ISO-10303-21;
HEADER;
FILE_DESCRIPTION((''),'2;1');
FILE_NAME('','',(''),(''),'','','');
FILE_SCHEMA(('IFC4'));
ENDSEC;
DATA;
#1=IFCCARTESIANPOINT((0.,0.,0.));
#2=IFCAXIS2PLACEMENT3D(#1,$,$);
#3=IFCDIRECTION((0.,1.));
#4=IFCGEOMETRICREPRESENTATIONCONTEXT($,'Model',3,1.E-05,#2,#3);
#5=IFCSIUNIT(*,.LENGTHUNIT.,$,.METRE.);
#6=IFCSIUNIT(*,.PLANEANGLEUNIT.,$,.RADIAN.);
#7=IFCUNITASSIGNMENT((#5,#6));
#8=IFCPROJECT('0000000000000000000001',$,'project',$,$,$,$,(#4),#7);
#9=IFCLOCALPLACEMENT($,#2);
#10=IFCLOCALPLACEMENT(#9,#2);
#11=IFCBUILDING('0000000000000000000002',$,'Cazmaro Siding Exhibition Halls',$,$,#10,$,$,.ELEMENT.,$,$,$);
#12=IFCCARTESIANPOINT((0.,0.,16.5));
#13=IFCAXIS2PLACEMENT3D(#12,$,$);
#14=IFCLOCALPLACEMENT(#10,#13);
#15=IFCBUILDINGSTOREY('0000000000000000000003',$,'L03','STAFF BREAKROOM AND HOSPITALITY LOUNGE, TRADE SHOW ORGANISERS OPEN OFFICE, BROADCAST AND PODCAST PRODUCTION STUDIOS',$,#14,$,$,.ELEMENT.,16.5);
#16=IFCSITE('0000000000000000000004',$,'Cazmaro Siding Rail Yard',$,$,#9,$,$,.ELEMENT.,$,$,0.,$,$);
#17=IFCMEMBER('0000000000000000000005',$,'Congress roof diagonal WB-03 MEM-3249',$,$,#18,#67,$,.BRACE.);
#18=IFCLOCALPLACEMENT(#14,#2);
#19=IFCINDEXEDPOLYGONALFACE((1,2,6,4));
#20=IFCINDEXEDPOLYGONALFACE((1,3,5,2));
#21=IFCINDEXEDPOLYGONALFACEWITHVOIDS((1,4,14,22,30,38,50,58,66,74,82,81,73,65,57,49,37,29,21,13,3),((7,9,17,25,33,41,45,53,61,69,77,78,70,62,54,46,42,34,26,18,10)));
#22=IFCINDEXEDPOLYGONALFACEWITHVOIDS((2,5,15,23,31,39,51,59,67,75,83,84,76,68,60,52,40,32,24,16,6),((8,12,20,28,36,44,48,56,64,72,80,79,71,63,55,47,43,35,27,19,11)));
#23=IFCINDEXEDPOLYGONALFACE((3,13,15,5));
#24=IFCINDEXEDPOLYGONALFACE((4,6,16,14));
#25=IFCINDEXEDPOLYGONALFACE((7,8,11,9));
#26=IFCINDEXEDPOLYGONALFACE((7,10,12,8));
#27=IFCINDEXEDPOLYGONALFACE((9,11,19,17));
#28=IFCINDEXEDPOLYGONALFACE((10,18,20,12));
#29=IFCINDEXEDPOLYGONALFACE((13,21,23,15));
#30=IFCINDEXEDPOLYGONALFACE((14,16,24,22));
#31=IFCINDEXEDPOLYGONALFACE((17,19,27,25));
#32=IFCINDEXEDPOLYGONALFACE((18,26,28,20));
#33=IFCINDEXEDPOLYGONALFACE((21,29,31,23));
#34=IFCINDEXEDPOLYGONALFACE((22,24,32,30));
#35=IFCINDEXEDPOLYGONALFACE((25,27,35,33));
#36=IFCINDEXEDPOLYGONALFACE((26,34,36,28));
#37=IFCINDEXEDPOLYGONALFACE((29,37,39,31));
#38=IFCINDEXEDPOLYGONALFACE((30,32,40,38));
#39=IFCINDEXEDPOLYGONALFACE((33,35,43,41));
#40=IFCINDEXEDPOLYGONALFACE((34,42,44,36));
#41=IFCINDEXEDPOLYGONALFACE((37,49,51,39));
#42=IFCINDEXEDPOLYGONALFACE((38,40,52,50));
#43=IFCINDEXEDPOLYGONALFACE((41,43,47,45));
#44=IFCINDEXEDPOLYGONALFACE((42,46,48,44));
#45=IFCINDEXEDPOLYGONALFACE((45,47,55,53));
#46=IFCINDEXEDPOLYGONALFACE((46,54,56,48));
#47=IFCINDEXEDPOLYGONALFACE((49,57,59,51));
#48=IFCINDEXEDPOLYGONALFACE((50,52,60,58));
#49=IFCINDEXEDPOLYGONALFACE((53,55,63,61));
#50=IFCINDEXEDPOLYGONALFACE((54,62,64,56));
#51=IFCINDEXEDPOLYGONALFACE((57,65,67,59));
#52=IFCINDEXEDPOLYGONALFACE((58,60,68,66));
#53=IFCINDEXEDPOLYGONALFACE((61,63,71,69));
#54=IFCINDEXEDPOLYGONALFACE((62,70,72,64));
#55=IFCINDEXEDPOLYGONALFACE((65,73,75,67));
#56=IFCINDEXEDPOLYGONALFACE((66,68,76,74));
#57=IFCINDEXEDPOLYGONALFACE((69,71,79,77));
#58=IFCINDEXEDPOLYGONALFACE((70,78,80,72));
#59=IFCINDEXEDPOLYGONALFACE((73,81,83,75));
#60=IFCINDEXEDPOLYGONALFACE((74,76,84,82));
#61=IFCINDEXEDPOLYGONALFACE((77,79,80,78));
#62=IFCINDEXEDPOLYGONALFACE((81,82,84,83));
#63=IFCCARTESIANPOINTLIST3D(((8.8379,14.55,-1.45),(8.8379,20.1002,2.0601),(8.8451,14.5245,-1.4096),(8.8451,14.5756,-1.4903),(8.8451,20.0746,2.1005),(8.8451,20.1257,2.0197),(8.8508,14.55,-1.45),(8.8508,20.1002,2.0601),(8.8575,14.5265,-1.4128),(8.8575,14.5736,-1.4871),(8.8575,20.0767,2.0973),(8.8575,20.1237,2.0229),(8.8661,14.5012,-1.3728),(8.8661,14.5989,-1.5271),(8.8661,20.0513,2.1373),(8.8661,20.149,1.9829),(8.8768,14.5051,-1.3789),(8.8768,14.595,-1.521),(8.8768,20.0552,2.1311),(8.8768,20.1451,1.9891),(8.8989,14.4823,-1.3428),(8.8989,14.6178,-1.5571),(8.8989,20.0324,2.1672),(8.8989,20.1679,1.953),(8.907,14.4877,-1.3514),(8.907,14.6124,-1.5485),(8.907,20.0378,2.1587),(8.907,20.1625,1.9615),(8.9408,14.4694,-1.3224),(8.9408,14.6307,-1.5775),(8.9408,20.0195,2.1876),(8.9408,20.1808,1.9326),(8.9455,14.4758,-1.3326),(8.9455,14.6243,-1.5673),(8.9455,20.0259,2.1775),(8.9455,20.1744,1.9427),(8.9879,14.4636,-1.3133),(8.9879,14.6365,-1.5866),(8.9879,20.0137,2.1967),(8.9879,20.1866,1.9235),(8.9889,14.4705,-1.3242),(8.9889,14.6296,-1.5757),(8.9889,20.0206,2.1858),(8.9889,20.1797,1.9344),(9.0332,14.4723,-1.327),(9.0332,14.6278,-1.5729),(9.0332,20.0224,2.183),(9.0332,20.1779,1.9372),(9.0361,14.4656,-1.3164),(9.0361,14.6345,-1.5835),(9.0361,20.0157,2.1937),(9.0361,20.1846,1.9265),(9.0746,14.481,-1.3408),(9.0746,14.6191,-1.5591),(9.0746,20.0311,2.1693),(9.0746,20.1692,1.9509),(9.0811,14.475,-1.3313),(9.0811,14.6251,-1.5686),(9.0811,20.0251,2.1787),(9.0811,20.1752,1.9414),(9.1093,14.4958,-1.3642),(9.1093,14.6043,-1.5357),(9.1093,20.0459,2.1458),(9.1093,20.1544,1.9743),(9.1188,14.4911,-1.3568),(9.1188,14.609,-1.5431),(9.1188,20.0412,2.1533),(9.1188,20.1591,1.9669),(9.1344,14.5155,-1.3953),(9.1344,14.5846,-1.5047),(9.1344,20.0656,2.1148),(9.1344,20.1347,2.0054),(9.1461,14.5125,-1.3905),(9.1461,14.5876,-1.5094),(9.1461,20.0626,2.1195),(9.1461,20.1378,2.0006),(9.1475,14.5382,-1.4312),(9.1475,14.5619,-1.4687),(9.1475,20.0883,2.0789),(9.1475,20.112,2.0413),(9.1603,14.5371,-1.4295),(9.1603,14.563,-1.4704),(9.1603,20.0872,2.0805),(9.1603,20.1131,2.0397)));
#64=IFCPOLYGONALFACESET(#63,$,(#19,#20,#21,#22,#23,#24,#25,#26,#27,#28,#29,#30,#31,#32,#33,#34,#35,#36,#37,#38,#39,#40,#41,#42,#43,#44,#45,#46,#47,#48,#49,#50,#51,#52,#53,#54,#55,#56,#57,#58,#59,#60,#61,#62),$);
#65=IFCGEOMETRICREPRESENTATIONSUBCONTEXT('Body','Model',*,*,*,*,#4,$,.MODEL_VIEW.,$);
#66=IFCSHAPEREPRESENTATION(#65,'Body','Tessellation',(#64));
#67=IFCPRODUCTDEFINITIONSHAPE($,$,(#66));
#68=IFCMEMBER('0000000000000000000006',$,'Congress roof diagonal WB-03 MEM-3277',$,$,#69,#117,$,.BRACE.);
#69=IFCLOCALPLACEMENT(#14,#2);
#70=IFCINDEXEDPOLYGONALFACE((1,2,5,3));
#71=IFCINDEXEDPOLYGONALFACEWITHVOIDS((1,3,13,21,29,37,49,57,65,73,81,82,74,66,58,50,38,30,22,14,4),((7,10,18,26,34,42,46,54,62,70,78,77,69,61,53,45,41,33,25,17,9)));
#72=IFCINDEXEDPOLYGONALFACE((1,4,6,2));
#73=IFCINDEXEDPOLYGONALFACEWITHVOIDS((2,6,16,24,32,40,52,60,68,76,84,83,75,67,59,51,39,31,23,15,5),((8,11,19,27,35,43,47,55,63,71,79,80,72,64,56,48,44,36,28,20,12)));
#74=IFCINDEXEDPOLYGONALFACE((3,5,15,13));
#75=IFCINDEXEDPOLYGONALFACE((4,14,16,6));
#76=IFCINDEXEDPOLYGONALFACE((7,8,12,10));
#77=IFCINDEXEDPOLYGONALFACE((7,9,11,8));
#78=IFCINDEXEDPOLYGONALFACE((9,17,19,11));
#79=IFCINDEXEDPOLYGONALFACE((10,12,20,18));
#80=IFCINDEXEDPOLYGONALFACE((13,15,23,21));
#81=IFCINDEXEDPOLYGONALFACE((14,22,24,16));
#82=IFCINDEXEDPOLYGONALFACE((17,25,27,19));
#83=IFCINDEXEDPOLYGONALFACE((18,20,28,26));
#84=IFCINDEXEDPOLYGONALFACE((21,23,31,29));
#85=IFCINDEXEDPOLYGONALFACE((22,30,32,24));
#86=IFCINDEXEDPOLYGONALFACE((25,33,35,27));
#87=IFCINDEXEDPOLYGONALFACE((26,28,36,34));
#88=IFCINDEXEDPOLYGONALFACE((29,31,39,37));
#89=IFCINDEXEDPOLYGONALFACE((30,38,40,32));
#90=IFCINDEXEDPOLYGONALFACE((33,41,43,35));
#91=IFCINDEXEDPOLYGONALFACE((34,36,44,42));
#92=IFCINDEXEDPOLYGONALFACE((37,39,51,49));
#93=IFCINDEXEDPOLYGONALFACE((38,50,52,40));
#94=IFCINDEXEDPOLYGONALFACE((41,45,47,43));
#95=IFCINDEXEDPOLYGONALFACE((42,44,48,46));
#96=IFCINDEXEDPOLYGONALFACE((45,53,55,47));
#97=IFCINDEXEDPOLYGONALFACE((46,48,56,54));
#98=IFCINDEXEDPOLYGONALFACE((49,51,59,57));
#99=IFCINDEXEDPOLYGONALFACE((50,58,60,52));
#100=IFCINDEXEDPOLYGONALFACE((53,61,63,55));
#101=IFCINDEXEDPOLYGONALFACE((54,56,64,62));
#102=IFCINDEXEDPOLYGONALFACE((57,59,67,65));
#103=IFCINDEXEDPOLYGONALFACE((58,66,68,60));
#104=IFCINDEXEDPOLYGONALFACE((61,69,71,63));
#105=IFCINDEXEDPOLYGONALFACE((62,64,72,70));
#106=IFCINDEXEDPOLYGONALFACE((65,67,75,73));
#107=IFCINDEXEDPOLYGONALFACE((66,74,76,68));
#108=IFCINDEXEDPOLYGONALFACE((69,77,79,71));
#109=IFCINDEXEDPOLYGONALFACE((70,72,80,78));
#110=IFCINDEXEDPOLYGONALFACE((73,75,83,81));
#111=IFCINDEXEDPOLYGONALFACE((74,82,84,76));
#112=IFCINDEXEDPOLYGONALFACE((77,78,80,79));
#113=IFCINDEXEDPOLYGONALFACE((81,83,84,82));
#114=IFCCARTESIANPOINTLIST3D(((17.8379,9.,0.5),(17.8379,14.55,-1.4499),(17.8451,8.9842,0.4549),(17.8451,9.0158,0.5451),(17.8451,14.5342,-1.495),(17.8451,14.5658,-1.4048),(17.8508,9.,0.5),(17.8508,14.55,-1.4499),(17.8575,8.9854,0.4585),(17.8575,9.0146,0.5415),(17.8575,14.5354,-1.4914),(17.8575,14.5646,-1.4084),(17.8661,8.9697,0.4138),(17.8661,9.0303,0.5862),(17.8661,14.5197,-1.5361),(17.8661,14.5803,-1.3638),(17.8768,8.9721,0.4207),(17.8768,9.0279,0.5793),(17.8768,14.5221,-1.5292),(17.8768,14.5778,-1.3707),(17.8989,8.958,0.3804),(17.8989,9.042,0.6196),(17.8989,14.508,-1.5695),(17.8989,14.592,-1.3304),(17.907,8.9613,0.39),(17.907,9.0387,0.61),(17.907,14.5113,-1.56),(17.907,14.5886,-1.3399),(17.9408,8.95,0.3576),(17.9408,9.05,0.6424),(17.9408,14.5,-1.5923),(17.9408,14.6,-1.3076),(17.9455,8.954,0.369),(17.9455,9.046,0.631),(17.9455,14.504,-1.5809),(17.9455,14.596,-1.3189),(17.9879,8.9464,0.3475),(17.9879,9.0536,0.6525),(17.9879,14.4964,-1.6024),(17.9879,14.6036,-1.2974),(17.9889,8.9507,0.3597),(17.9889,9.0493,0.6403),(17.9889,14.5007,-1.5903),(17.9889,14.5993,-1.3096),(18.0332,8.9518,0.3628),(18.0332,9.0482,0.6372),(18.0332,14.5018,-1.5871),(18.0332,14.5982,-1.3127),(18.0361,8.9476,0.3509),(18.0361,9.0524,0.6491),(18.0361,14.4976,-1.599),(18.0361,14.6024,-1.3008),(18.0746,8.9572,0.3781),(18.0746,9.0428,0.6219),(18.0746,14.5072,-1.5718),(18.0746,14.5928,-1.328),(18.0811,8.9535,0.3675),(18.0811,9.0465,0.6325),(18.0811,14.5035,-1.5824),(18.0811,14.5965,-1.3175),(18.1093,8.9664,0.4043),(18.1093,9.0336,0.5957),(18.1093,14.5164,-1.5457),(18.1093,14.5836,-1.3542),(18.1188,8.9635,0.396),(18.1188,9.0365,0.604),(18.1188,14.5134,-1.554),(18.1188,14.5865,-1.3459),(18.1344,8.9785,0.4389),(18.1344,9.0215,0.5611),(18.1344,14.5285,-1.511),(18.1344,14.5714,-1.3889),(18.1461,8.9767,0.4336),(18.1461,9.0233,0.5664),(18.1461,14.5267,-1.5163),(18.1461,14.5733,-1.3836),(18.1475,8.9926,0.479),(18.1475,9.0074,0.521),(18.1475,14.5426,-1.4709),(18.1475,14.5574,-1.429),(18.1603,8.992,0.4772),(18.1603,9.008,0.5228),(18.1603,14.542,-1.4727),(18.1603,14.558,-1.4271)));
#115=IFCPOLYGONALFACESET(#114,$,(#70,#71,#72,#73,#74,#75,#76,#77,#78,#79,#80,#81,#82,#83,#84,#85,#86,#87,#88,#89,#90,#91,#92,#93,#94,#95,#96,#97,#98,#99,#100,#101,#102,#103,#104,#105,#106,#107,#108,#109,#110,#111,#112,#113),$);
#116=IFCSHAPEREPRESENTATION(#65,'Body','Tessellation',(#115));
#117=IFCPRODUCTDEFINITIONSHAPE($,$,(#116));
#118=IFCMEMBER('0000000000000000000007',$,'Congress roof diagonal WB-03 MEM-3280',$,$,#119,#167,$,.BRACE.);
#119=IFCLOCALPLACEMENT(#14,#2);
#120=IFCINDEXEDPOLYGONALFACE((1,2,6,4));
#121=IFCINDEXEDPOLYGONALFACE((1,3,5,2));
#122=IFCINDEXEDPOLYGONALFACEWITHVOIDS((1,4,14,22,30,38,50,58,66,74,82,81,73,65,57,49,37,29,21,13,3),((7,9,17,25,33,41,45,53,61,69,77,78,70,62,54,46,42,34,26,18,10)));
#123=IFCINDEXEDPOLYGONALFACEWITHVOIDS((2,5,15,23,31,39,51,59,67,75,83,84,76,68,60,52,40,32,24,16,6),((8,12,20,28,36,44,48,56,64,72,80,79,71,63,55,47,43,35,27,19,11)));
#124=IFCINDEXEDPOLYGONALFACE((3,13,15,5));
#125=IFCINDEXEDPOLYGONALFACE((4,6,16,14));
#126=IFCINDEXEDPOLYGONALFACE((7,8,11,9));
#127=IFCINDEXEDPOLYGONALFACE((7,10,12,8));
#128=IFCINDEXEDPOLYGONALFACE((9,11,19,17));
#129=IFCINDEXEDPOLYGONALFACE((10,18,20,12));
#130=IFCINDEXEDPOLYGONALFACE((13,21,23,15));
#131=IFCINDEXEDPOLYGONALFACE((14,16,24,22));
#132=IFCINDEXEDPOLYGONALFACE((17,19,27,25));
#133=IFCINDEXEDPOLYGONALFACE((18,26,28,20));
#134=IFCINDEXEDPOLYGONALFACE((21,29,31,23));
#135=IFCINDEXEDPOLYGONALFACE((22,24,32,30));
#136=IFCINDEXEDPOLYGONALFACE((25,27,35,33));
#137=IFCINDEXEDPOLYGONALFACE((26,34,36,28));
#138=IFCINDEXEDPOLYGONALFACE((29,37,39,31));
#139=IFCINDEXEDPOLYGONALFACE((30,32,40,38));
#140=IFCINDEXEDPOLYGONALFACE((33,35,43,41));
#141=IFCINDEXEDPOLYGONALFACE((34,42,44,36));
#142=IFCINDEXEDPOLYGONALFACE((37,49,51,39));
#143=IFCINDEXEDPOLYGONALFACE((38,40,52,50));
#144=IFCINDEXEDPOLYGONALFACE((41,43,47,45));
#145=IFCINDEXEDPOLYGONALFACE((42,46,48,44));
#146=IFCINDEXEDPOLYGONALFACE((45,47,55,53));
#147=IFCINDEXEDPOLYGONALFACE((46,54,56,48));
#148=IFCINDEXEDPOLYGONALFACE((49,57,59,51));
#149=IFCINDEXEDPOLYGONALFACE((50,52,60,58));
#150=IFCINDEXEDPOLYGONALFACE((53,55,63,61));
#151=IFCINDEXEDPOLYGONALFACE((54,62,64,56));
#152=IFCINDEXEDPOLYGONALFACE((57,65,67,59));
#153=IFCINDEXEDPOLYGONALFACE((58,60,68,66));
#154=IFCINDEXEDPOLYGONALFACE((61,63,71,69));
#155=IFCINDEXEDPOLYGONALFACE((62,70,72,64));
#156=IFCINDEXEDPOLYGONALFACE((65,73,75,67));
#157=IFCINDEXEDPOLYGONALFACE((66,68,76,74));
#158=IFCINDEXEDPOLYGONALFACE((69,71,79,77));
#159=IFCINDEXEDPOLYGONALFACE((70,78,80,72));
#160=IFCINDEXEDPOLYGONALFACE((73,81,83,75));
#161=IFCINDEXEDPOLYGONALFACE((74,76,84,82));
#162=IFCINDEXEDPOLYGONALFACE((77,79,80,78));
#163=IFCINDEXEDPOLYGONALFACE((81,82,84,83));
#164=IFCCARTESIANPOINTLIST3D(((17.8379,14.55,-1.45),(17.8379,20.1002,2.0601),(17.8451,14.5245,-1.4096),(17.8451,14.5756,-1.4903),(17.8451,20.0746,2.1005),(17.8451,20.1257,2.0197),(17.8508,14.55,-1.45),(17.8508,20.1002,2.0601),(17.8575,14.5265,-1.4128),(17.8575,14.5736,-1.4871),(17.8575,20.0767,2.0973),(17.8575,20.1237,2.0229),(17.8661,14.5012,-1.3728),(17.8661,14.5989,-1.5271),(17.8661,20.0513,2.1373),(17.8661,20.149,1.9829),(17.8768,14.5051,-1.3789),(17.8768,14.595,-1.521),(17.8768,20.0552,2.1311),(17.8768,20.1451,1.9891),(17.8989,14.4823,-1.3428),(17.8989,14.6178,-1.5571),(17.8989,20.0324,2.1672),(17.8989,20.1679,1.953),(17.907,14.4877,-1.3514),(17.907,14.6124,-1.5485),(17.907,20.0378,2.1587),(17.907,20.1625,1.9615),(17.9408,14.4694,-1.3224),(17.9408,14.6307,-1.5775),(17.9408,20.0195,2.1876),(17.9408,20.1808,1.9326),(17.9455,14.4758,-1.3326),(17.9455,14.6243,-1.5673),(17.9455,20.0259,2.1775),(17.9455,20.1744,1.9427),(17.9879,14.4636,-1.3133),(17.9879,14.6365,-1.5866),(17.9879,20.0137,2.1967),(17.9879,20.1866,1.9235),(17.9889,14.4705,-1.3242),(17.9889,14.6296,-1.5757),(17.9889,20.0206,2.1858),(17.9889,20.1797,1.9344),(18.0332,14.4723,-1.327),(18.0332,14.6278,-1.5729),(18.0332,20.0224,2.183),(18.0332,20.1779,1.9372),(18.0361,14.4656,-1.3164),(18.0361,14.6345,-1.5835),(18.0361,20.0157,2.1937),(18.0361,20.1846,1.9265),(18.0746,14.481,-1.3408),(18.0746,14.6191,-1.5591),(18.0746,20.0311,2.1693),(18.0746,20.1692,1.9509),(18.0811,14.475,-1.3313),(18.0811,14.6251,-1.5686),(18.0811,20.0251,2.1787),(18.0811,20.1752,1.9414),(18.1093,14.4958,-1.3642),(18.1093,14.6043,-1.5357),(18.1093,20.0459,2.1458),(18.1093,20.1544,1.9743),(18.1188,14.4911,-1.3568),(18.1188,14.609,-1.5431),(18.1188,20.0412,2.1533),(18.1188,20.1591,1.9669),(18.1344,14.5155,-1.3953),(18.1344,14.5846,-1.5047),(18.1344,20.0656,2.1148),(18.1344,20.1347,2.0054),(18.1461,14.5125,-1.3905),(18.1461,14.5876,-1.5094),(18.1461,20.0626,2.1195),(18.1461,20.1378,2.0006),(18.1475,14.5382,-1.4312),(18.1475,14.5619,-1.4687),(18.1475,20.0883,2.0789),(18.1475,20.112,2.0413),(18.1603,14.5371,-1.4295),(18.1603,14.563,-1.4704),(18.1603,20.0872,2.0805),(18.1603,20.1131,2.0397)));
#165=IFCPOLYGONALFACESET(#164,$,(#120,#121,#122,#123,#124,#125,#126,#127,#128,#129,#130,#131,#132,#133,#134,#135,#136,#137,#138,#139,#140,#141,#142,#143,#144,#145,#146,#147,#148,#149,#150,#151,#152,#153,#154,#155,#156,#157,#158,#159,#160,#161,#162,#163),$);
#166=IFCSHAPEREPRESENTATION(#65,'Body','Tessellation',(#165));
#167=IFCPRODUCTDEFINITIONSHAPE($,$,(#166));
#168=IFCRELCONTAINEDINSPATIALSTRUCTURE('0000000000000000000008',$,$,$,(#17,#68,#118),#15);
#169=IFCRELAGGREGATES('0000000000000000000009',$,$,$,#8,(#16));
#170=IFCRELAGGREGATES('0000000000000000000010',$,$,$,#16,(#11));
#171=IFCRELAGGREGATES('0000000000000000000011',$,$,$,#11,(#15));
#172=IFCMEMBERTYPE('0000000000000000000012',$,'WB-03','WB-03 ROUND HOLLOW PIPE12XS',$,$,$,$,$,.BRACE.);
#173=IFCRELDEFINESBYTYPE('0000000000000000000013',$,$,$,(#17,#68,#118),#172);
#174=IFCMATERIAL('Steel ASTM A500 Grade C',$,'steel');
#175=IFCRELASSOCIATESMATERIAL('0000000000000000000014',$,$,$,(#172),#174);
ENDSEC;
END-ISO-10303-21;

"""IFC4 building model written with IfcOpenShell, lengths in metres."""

from ifc_helpers import new_model, si_unit, direction, frame, origin, origin_2d, place, context, subcontext, project, spatial, hollow_circle, extrude, material, material_profile, profile_set, type_object, element, save


model = new_model("IFC4")

# Units and contexts
model_context = context("Model", 3, precision=1e-05, world=origin(), true_north=direction((0.0, 1.0)))
body_context = subcontext(model_context, "Body", "Model", "MODEL_VIEW")
ifc_project = project(units=[si_unit("LENGTHUNIT", "METRE"), si_unit("PLANEANGLEUNIT", "RADIAN")], contexts=[model_context])

# Site, building, storey
site_placement = place(None, origin())
site = spatial("IfcSite", under=ifc_project, at=site_placement, Name="Cazmaro Siding Rail Yard", CompositionType="ELEMENT", RefElevation=0.0)
building_placement = place(site_placement, origin())
building = spatial("IfcBuilding", under=site, at=building_placement, Name="Cazmaro Siding Exhibition Halls", CompositionType="ELEMENT")
storey_placement = place(building_placement, frame((0.0, 0.0, 16.5)))
storey = spatial("IfcBuildingStorey", under=building, at=storey_placement, Name="L03", Description="STAFF BREAKROOM AND HOSPITALITY LOUNGE, TRADE SHOW ORGANISERS OPEN OFFICE, BROADCAST AND PODCAST PRODUCTION STUDIOS", CompositionType="ELEMENT", Elevation=16.5)

# Members
ifc_material_1 = material(Name="Steel ASTM A500 Grade C", Category="steel")
ifc_material_profile_1 = material_profile(ifc_material_1, hollow_circle(Radius=0.1621, WallThickness=0.0129, at=origin_2d()), Name="PIPE12XS")
ifc_profile_set_1 = profile_set([ifc_material_profile_1], Name="Steel ASTM A500 Grade C")
member_type_1 = type_object("IfcMemberType", Name="WB-03", Description="WB-03 ROUND HOLLOW PIPE12XS", PredefinedType="BRACE", material=ifc_profile_set_1)
member_1_placement = place(storey_placement, frame((9.0, 14.55, -1.45), z_axis=(0.0, 0.845165, 0.534506), x_axis=(-1.0, 0.0, 0.0)))
element("IfcMember", 1, at=member_1_placement, inside=storey, type_object=member_type_1, Name="Congress roof diagonal WB-03 MEM-3249", PredefinedType="BRACE", context=body_context, shape_type="SweptSolid", body=[
    extrude(hollow_circle(Radius=0.1621, WallThickness=0.0129, at=origin_2d()), origin(), (0.0, 0.0, 1.0), 6.5669),
])
member_2_placement = place(storey_placement, frame((18.0, 9.0, 0.5), z_axis=(0.0, 0.943464, -0.331476), x_axis=(-1.0, 0.0, 0.0)))
element("IfcMember", 2, at=member_2_placement, inside=storey, type_object=member_type_1, Name="Congress roof diagonal WB-03 MEM-3277", PredefinedType="BRACE", context=body_context, shape_type="SweptSolid", body=[
    extrude(hollow_circle(Radius=0.1621, WallThickness=0.0129, at=origin_2d()), origin(), (0.0, 0.0, 1.0), 5.8826),
])
member_3_placement = place(storey_placement, frame((18.0, 14.55, -1.45), z_axis=(0.0, 0.845165, 0.534506), x_axis=(-1.0, 0.0, 0.0)))
element("IfcMember", 3, at=member_3_placement, inside=storey, type_object=member_type_1, Name="Congress roof diagonal WB-03 MEM-3280", PredefinedType="BRACE", context=body_context, shape_type="SweptSolid", body=[
    extrude(hollow_circle(Radius=0.1621, WallThickness=0.0129, at=origin_2d()), origin(), (0.0, 0.0, 1.0), 6.5669),
])

save(model, "model.ifc")
